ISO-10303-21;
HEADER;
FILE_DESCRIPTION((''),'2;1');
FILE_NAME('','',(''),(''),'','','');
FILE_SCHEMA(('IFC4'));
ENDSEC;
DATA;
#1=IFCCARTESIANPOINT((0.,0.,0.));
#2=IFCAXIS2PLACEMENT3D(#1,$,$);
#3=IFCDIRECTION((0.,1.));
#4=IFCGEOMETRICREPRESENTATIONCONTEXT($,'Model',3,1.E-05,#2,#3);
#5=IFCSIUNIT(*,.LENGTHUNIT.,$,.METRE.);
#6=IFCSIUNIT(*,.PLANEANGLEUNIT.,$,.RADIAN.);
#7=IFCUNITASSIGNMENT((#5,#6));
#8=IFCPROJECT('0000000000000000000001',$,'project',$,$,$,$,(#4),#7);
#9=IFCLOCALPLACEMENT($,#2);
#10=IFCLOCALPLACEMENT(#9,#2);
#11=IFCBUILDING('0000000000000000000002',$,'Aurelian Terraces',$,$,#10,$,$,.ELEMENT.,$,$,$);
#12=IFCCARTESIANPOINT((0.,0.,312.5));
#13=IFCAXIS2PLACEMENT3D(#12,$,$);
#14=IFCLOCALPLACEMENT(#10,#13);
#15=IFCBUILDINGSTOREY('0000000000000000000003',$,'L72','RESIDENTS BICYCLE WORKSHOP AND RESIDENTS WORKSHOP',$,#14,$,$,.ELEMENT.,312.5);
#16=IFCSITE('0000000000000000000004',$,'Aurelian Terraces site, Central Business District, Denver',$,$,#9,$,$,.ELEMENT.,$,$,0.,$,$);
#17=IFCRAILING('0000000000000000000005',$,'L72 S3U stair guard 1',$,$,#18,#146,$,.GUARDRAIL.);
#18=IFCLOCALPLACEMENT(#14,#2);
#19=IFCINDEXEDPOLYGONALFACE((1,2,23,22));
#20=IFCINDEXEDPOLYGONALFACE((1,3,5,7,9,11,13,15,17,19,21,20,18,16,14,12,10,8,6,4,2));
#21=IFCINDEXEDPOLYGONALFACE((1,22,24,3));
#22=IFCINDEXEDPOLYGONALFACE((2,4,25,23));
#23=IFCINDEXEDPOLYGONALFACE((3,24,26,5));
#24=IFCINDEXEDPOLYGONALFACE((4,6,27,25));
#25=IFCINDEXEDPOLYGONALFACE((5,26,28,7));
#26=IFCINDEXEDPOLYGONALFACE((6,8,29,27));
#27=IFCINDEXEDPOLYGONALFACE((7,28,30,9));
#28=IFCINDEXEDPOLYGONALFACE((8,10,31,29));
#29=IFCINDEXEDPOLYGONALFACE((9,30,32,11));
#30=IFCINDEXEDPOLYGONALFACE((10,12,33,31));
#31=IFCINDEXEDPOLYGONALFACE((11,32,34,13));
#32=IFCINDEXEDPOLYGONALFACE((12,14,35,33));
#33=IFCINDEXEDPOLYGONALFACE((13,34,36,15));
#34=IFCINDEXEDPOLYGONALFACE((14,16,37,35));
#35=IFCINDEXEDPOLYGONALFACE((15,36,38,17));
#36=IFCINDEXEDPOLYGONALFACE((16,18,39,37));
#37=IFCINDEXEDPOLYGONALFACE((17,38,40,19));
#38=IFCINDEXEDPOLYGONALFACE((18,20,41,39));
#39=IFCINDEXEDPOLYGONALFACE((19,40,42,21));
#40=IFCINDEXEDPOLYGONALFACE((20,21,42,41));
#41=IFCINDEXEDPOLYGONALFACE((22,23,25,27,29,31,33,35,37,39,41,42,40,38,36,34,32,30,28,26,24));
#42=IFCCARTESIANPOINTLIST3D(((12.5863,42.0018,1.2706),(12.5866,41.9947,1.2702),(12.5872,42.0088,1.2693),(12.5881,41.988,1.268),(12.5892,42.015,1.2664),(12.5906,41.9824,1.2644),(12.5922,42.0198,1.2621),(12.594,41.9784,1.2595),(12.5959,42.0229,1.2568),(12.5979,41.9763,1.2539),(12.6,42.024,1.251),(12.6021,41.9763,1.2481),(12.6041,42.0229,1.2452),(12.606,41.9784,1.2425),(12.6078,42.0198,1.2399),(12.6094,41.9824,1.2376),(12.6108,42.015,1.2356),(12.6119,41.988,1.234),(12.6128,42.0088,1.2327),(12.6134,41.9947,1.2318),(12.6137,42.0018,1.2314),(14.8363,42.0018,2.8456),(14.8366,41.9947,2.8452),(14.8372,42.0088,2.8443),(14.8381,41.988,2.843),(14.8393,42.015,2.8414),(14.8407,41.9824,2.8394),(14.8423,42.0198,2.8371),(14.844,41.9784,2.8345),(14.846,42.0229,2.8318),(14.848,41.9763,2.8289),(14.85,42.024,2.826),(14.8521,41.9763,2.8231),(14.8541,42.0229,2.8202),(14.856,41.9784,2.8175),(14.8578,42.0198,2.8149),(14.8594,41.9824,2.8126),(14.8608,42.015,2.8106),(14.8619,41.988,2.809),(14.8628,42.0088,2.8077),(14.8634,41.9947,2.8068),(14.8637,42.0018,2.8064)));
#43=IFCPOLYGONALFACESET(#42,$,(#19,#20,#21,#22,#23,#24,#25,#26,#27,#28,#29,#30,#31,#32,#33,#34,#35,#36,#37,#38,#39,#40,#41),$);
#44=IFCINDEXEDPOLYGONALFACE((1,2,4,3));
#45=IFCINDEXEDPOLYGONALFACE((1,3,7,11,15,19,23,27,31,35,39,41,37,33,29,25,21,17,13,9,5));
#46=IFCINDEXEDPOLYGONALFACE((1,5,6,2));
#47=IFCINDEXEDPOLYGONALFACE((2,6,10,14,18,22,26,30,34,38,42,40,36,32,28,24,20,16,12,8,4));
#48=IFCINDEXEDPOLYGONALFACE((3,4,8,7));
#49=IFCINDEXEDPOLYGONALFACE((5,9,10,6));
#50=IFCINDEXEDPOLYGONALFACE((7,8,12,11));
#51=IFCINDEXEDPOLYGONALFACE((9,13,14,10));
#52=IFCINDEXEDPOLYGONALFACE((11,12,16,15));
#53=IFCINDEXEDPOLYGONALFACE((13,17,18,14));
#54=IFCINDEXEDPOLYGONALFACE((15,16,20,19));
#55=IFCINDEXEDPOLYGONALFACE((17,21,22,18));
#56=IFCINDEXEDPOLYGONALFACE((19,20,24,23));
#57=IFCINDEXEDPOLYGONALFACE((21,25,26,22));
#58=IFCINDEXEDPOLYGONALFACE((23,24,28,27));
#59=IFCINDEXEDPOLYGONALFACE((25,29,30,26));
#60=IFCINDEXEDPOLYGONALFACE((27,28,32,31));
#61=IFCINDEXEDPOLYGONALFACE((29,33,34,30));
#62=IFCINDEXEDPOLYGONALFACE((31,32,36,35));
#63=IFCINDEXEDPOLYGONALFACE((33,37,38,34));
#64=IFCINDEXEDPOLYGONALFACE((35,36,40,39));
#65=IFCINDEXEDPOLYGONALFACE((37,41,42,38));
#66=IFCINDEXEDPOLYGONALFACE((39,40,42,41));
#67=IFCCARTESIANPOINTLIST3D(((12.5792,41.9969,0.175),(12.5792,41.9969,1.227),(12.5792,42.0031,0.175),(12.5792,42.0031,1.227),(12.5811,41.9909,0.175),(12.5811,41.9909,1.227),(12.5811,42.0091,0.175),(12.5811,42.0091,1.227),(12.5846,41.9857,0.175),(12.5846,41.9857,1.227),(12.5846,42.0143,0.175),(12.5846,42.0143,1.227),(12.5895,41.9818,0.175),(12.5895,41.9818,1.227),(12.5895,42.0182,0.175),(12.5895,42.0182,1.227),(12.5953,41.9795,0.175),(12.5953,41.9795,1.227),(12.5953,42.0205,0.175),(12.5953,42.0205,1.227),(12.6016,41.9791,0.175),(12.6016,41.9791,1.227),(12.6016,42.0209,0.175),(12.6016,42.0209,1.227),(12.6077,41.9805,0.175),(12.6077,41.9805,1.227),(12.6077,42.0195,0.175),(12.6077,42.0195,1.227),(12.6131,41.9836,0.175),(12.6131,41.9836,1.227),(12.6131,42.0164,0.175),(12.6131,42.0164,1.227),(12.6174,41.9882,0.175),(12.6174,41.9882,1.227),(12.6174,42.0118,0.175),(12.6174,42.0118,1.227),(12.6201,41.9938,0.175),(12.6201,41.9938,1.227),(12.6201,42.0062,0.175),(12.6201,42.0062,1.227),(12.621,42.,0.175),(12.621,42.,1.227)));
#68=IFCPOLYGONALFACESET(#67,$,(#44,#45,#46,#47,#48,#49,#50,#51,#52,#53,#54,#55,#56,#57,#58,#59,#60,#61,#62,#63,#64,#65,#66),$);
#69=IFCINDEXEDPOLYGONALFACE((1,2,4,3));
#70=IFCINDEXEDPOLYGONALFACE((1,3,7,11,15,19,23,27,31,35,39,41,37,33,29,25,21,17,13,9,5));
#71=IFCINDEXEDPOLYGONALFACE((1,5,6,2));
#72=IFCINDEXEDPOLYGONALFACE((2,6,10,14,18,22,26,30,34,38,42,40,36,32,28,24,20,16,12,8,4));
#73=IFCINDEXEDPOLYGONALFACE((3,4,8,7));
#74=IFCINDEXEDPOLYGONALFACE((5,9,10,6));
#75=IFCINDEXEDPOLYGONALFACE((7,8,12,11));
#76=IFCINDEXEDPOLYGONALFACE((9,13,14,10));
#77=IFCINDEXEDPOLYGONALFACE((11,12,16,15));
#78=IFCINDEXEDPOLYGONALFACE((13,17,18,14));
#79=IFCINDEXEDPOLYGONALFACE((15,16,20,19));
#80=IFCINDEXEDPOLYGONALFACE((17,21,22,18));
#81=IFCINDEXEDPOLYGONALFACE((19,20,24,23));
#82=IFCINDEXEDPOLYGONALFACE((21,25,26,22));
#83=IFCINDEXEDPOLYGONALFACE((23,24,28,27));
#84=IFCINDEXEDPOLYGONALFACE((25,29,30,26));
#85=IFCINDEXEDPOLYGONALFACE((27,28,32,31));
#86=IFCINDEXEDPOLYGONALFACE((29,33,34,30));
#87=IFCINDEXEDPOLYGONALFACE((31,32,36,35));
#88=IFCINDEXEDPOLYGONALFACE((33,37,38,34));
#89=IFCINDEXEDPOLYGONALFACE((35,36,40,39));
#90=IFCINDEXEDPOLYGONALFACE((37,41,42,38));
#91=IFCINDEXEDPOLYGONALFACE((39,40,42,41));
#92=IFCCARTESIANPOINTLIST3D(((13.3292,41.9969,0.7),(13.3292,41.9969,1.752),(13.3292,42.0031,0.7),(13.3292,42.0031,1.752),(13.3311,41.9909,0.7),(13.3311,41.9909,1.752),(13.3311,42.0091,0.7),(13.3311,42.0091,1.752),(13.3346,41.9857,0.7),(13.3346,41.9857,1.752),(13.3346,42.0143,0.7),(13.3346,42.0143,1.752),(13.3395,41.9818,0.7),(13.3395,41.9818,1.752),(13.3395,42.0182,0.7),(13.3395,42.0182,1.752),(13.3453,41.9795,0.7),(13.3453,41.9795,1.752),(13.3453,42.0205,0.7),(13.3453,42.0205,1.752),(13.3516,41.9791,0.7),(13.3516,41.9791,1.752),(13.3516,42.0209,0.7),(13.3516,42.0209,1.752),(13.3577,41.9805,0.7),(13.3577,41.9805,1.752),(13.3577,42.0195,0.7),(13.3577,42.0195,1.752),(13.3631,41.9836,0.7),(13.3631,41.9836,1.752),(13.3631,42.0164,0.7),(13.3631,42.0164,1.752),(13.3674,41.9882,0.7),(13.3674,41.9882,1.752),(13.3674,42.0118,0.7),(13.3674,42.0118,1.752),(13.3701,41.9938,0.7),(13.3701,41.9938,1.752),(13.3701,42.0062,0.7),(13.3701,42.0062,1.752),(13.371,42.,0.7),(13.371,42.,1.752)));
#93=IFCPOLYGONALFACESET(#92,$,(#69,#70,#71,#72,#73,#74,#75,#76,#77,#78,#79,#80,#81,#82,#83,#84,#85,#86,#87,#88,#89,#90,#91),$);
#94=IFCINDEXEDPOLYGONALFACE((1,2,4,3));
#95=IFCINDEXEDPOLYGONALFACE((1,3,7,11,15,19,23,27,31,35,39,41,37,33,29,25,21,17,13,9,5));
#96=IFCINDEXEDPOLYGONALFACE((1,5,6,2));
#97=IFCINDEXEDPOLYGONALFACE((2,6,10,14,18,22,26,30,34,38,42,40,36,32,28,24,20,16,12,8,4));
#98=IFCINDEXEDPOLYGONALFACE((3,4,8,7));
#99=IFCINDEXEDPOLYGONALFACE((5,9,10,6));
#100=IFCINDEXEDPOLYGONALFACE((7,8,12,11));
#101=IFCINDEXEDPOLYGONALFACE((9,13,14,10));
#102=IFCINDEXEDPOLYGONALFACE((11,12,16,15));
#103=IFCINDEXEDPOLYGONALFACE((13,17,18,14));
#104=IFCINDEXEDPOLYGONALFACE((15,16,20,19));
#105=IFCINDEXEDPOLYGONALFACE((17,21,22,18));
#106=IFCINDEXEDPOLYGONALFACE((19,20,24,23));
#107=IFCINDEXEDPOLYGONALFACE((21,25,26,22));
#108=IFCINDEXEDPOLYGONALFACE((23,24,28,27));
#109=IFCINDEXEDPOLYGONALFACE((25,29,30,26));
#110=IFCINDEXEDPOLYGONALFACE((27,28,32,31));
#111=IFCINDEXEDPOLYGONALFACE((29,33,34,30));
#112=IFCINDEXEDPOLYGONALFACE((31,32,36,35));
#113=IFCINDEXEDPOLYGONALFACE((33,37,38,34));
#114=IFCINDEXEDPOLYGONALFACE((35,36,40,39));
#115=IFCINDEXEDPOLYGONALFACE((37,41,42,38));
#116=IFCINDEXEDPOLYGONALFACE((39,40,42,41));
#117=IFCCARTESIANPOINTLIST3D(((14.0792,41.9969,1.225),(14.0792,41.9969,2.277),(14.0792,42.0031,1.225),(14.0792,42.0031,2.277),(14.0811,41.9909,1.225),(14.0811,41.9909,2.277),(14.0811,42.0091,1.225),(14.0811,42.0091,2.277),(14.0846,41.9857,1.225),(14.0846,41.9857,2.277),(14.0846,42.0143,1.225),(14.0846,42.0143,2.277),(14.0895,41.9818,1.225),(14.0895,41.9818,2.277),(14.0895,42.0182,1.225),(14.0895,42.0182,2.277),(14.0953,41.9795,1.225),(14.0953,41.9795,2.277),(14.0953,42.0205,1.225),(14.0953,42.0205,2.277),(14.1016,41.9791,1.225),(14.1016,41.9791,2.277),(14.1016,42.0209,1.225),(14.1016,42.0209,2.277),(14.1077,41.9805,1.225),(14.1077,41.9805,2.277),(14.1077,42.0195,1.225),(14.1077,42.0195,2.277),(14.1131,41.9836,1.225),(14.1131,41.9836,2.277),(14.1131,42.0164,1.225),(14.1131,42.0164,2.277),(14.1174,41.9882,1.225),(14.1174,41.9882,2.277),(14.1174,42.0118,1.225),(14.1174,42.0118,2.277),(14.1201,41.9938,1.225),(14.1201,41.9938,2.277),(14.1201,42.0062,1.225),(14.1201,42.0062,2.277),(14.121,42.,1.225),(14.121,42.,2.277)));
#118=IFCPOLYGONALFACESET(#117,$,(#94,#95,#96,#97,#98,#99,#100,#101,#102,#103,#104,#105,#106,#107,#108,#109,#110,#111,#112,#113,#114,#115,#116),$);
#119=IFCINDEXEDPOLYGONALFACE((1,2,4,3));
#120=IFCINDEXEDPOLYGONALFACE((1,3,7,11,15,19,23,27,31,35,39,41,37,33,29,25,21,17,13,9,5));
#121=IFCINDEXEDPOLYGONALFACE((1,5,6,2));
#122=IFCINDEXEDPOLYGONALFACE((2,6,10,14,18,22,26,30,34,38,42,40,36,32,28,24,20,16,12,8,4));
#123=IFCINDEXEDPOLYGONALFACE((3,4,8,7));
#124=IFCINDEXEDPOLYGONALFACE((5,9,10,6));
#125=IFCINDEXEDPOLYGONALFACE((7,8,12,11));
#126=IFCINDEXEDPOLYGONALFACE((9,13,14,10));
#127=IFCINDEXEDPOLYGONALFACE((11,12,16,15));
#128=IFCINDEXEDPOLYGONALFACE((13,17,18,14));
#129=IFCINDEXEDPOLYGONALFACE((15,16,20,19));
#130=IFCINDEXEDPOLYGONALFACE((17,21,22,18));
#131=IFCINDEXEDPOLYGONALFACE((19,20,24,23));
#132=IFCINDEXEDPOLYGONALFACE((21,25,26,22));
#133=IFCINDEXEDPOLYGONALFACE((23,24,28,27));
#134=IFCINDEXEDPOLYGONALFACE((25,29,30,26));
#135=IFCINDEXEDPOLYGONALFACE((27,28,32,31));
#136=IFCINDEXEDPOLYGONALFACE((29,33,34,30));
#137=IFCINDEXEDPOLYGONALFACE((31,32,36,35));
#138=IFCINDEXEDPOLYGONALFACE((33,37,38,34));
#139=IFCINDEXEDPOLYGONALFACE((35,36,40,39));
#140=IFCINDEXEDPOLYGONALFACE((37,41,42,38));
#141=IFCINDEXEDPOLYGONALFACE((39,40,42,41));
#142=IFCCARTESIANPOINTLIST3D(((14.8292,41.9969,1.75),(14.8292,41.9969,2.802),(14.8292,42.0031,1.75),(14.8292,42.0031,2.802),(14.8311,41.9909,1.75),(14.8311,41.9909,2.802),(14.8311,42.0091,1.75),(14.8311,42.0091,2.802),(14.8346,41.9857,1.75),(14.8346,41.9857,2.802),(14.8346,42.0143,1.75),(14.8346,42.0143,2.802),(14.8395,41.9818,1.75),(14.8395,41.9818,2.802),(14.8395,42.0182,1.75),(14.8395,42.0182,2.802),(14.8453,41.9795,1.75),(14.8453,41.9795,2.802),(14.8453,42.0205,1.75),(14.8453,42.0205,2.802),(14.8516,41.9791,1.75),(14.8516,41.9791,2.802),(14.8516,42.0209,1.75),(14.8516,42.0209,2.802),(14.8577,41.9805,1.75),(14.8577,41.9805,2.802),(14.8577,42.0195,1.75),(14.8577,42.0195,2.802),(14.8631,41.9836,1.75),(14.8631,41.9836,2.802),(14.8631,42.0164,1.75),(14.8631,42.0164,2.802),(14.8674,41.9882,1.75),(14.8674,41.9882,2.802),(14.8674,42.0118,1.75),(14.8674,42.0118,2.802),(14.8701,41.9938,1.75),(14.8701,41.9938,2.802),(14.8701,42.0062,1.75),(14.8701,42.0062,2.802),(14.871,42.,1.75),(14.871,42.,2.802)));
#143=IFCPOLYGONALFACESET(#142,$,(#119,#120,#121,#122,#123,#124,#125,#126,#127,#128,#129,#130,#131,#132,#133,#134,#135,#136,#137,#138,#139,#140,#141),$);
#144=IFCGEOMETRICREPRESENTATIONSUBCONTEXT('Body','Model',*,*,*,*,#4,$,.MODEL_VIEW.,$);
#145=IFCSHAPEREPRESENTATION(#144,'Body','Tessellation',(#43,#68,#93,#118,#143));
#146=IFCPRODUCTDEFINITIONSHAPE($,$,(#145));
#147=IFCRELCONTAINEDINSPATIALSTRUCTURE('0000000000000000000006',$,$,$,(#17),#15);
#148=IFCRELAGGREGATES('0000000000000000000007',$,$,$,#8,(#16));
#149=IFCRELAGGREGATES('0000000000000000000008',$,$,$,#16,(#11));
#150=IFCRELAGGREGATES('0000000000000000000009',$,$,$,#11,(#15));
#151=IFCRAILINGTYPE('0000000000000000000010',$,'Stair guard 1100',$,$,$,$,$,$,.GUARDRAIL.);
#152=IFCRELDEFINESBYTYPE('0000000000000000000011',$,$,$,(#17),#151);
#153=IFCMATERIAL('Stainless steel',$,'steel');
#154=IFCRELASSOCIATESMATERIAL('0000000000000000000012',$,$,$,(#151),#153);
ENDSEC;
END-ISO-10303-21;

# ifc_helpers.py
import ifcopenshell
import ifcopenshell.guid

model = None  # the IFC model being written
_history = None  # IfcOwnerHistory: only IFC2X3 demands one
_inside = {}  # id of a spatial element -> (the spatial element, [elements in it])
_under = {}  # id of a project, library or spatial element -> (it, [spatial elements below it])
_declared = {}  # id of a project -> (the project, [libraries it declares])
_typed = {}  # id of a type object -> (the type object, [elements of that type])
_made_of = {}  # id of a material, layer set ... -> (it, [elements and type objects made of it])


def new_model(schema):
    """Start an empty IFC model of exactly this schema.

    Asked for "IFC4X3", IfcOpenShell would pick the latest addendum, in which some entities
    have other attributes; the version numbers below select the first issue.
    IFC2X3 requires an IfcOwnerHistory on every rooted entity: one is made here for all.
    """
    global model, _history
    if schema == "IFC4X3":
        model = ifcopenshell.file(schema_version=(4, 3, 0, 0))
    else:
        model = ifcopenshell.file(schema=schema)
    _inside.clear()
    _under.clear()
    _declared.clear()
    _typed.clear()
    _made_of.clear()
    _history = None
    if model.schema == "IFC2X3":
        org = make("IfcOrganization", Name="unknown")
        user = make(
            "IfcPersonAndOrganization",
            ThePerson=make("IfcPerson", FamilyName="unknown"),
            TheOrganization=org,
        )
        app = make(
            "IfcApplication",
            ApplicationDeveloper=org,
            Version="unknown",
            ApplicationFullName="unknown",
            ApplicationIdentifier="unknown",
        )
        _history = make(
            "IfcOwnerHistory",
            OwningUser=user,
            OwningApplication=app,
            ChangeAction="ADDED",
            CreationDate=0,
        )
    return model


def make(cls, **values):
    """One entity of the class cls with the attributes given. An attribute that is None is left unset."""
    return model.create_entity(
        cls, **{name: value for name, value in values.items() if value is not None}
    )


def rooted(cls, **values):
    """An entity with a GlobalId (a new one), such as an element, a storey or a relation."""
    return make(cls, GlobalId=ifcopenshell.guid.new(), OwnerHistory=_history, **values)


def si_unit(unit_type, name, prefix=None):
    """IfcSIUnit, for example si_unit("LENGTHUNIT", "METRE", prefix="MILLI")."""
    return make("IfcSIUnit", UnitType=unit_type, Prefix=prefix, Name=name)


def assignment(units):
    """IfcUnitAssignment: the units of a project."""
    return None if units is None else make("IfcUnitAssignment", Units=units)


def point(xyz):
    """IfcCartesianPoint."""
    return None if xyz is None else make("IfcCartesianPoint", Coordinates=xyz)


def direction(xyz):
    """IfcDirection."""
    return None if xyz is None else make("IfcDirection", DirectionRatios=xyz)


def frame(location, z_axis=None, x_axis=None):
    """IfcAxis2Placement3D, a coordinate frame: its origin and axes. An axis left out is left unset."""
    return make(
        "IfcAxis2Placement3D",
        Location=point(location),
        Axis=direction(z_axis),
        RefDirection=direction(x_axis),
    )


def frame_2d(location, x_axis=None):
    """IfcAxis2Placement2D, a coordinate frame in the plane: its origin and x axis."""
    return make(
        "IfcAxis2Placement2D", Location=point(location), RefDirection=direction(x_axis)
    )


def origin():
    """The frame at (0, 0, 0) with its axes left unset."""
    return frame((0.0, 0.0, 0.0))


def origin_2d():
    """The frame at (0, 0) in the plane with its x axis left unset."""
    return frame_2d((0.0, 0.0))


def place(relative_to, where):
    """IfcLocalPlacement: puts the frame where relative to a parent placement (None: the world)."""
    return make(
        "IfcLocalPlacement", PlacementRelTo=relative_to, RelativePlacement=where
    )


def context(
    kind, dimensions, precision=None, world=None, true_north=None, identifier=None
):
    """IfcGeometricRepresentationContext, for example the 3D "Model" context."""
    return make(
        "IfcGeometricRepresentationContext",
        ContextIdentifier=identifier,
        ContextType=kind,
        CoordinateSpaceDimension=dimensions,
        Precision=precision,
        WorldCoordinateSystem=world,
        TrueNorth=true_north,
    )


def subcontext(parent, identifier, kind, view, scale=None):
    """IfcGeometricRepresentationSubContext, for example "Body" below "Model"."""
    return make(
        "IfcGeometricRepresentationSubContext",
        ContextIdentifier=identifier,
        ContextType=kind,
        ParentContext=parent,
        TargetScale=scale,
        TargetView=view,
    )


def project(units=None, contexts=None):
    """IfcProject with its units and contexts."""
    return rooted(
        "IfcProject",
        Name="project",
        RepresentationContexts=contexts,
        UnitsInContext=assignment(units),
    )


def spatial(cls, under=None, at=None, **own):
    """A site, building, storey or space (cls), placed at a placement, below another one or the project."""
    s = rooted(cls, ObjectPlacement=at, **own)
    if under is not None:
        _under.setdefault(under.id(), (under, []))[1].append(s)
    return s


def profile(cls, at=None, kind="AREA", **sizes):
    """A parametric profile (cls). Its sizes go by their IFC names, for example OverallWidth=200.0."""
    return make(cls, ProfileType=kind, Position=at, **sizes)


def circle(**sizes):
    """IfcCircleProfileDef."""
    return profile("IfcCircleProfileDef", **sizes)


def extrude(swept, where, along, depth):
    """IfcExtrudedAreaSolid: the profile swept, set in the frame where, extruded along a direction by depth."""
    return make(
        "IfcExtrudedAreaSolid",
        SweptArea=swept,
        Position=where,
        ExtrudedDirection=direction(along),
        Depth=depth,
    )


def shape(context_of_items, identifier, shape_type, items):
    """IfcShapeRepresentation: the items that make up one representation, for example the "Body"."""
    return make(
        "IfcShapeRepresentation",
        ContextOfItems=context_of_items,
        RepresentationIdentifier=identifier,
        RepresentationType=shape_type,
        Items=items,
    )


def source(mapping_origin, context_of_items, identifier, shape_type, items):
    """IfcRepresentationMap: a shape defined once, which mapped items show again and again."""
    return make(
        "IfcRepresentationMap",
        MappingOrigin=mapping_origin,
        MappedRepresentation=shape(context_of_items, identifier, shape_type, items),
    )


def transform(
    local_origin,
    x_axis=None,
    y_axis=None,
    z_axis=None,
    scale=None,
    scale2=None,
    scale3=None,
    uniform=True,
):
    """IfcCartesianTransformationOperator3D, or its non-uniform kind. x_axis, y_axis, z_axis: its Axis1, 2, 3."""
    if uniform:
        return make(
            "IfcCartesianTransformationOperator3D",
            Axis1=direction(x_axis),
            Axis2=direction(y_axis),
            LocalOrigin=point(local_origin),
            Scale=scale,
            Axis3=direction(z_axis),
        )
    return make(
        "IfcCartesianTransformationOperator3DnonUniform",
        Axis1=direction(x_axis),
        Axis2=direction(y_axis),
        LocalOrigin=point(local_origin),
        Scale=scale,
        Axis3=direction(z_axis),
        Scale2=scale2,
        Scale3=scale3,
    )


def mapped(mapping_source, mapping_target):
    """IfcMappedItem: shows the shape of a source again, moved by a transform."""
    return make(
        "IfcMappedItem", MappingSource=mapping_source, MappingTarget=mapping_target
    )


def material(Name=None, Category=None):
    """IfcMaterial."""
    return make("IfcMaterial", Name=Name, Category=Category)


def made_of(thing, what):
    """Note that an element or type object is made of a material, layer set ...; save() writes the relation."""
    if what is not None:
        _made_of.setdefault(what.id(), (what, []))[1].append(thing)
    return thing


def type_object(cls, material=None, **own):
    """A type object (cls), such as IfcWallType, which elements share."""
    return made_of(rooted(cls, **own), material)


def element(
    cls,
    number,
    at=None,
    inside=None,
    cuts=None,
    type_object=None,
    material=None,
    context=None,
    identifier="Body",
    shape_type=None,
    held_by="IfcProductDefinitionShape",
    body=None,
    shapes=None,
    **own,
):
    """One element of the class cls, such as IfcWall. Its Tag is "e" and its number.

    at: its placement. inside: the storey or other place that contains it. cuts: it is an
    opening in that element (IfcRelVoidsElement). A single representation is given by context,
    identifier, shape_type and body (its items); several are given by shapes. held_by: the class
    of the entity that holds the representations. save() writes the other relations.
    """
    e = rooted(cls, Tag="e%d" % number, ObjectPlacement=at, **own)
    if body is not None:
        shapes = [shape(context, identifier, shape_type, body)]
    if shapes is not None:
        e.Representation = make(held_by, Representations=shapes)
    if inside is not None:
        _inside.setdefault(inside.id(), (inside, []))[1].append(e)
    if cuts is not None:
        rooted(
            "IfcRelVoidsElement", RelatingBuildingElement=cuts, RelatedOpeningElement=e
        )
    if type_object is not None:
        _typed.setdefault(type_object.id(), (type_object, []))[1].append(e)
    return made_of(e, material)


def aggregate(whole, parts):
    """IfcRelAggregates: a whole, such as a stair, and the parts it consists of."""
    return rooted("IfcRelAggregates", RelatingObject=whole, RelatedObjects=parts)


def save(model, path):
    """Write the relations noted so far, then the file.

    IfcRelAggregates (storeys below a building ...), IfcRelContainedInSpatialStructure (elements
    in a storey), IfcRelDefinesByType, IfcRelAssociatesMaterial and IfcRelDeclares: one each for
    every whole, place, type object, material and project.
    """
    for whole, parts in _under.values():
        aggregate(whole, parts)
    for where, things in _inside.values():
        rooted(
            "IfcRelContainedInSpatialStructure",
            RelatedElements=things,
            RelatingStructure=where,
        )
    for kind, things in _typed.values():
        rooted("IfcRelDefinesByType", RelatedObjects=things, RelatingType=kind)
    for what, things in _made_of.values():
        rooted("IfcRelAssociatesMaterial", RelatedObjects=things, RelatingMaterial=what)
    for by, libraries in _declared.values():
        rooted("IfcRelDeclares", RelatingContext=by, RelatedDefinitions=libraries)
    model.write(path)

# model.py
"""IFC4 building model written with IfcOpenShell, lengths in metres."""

from ifc_helpers import new_model, si_unit, direction, frame, origin, origin_2d, place, context, subcontext, project, spatial, circle, extrude, source, transform, mapped, material, type_object, element, save


model = new_model("IFC4")

# Units and contexts
model_context = context("Model", 3, precision=1e-05, world=origin(), true_north=direction((0.0, 1.0)))
body_context = subcontext(model_context, "Body", "Model", "MODEL_VIEW")
ifc_project = project(units=[si_unit("LENGTHUNIT", "METRE"), si_unit("PLANEANGLEUNIT", "RADIAN")], contexts=[model_context])

# Site, building, storey
site_placement = place(None, origin())
site = spatial("IfcSite", under=ifc_project, at=site_placement, Name="Aurelian Terraces site, Central Business District, Denver", CompositionType="ELEMENT", RefElevation=0.0)
building_placement = place(site_placement, origin())
building = spatial("IfcBuilding", under=site, at=building_placement, Name="Aurelian Terraces", CompositionType="ELEMENT")
storey_placement = place(building_placement, frame((0.0, 0.0, 312.5)))
storey = spatial("IfcBuildingStorey", under=building, at=storey_placement, Name="L72", Description="RESIDENTS BICYCLE WORKSHOP AND RESIDENTS WORKSHOP", CompositionType="ELEMENT", Elevation=312.5)

# Railing
ifc_material_1 = material(Name="Stainless steel", Category="steel")
railing_type_1 = type_object("IfcRailingType", Name="Stair guard 1100", PredefinedType="GUARDRAIL", material=ifc_material_1)
shared_shape_1 = source(origin(), body_context, "Body", "SweptSolid", [
    extrude(circle(Radius=0.024, at=origin_2d()), frame((0.0, 0.0, 1.076), z_axis=(0.819232, 0.0, 0.573462), x_axis=(0.0, 1.0, 0.0)), (0.0, 0.0, 1.0), 2.7465),
    extrude(circle(Radius=0.021, at=origin_2d()), origin(), (0.0, 0.0, 1.0), 1.052),
    extrude(circle(Radius=0.021, at=origin_2d()), frame((0.75, 0.0, 0.525)), (0.0, 0.0, 1.0), 1.052),
    extrude(circle(Radius=0.021, at=origin_2d()), frame((1.5, 0.0, 1.05)), (0.0, 0.0, 1.0), 1.052),
    extrude(circle(Radius=0.021, at=origin_2d()), frame((2.25, 0.0, 1.575)), (0.0, 0.0, 1.0), 1.052),
])
railing_1_placement = place(storey_placement, frame((12.6, 42.0, 0.175)))
element("IfcRailing", 1, at=railing_1_placement, inside=storey, type_object=railing_type_1, Name="L72 S3U stair guard 1", PredefinedType="GUARDRAIL", context=body_context, shape_type="MappedRepresentation", body=[
    mapped(shared_shape_1, transform((0.0, 0.0, 0.0), scale=1.0)),
])

save(model, "model.ifc")
